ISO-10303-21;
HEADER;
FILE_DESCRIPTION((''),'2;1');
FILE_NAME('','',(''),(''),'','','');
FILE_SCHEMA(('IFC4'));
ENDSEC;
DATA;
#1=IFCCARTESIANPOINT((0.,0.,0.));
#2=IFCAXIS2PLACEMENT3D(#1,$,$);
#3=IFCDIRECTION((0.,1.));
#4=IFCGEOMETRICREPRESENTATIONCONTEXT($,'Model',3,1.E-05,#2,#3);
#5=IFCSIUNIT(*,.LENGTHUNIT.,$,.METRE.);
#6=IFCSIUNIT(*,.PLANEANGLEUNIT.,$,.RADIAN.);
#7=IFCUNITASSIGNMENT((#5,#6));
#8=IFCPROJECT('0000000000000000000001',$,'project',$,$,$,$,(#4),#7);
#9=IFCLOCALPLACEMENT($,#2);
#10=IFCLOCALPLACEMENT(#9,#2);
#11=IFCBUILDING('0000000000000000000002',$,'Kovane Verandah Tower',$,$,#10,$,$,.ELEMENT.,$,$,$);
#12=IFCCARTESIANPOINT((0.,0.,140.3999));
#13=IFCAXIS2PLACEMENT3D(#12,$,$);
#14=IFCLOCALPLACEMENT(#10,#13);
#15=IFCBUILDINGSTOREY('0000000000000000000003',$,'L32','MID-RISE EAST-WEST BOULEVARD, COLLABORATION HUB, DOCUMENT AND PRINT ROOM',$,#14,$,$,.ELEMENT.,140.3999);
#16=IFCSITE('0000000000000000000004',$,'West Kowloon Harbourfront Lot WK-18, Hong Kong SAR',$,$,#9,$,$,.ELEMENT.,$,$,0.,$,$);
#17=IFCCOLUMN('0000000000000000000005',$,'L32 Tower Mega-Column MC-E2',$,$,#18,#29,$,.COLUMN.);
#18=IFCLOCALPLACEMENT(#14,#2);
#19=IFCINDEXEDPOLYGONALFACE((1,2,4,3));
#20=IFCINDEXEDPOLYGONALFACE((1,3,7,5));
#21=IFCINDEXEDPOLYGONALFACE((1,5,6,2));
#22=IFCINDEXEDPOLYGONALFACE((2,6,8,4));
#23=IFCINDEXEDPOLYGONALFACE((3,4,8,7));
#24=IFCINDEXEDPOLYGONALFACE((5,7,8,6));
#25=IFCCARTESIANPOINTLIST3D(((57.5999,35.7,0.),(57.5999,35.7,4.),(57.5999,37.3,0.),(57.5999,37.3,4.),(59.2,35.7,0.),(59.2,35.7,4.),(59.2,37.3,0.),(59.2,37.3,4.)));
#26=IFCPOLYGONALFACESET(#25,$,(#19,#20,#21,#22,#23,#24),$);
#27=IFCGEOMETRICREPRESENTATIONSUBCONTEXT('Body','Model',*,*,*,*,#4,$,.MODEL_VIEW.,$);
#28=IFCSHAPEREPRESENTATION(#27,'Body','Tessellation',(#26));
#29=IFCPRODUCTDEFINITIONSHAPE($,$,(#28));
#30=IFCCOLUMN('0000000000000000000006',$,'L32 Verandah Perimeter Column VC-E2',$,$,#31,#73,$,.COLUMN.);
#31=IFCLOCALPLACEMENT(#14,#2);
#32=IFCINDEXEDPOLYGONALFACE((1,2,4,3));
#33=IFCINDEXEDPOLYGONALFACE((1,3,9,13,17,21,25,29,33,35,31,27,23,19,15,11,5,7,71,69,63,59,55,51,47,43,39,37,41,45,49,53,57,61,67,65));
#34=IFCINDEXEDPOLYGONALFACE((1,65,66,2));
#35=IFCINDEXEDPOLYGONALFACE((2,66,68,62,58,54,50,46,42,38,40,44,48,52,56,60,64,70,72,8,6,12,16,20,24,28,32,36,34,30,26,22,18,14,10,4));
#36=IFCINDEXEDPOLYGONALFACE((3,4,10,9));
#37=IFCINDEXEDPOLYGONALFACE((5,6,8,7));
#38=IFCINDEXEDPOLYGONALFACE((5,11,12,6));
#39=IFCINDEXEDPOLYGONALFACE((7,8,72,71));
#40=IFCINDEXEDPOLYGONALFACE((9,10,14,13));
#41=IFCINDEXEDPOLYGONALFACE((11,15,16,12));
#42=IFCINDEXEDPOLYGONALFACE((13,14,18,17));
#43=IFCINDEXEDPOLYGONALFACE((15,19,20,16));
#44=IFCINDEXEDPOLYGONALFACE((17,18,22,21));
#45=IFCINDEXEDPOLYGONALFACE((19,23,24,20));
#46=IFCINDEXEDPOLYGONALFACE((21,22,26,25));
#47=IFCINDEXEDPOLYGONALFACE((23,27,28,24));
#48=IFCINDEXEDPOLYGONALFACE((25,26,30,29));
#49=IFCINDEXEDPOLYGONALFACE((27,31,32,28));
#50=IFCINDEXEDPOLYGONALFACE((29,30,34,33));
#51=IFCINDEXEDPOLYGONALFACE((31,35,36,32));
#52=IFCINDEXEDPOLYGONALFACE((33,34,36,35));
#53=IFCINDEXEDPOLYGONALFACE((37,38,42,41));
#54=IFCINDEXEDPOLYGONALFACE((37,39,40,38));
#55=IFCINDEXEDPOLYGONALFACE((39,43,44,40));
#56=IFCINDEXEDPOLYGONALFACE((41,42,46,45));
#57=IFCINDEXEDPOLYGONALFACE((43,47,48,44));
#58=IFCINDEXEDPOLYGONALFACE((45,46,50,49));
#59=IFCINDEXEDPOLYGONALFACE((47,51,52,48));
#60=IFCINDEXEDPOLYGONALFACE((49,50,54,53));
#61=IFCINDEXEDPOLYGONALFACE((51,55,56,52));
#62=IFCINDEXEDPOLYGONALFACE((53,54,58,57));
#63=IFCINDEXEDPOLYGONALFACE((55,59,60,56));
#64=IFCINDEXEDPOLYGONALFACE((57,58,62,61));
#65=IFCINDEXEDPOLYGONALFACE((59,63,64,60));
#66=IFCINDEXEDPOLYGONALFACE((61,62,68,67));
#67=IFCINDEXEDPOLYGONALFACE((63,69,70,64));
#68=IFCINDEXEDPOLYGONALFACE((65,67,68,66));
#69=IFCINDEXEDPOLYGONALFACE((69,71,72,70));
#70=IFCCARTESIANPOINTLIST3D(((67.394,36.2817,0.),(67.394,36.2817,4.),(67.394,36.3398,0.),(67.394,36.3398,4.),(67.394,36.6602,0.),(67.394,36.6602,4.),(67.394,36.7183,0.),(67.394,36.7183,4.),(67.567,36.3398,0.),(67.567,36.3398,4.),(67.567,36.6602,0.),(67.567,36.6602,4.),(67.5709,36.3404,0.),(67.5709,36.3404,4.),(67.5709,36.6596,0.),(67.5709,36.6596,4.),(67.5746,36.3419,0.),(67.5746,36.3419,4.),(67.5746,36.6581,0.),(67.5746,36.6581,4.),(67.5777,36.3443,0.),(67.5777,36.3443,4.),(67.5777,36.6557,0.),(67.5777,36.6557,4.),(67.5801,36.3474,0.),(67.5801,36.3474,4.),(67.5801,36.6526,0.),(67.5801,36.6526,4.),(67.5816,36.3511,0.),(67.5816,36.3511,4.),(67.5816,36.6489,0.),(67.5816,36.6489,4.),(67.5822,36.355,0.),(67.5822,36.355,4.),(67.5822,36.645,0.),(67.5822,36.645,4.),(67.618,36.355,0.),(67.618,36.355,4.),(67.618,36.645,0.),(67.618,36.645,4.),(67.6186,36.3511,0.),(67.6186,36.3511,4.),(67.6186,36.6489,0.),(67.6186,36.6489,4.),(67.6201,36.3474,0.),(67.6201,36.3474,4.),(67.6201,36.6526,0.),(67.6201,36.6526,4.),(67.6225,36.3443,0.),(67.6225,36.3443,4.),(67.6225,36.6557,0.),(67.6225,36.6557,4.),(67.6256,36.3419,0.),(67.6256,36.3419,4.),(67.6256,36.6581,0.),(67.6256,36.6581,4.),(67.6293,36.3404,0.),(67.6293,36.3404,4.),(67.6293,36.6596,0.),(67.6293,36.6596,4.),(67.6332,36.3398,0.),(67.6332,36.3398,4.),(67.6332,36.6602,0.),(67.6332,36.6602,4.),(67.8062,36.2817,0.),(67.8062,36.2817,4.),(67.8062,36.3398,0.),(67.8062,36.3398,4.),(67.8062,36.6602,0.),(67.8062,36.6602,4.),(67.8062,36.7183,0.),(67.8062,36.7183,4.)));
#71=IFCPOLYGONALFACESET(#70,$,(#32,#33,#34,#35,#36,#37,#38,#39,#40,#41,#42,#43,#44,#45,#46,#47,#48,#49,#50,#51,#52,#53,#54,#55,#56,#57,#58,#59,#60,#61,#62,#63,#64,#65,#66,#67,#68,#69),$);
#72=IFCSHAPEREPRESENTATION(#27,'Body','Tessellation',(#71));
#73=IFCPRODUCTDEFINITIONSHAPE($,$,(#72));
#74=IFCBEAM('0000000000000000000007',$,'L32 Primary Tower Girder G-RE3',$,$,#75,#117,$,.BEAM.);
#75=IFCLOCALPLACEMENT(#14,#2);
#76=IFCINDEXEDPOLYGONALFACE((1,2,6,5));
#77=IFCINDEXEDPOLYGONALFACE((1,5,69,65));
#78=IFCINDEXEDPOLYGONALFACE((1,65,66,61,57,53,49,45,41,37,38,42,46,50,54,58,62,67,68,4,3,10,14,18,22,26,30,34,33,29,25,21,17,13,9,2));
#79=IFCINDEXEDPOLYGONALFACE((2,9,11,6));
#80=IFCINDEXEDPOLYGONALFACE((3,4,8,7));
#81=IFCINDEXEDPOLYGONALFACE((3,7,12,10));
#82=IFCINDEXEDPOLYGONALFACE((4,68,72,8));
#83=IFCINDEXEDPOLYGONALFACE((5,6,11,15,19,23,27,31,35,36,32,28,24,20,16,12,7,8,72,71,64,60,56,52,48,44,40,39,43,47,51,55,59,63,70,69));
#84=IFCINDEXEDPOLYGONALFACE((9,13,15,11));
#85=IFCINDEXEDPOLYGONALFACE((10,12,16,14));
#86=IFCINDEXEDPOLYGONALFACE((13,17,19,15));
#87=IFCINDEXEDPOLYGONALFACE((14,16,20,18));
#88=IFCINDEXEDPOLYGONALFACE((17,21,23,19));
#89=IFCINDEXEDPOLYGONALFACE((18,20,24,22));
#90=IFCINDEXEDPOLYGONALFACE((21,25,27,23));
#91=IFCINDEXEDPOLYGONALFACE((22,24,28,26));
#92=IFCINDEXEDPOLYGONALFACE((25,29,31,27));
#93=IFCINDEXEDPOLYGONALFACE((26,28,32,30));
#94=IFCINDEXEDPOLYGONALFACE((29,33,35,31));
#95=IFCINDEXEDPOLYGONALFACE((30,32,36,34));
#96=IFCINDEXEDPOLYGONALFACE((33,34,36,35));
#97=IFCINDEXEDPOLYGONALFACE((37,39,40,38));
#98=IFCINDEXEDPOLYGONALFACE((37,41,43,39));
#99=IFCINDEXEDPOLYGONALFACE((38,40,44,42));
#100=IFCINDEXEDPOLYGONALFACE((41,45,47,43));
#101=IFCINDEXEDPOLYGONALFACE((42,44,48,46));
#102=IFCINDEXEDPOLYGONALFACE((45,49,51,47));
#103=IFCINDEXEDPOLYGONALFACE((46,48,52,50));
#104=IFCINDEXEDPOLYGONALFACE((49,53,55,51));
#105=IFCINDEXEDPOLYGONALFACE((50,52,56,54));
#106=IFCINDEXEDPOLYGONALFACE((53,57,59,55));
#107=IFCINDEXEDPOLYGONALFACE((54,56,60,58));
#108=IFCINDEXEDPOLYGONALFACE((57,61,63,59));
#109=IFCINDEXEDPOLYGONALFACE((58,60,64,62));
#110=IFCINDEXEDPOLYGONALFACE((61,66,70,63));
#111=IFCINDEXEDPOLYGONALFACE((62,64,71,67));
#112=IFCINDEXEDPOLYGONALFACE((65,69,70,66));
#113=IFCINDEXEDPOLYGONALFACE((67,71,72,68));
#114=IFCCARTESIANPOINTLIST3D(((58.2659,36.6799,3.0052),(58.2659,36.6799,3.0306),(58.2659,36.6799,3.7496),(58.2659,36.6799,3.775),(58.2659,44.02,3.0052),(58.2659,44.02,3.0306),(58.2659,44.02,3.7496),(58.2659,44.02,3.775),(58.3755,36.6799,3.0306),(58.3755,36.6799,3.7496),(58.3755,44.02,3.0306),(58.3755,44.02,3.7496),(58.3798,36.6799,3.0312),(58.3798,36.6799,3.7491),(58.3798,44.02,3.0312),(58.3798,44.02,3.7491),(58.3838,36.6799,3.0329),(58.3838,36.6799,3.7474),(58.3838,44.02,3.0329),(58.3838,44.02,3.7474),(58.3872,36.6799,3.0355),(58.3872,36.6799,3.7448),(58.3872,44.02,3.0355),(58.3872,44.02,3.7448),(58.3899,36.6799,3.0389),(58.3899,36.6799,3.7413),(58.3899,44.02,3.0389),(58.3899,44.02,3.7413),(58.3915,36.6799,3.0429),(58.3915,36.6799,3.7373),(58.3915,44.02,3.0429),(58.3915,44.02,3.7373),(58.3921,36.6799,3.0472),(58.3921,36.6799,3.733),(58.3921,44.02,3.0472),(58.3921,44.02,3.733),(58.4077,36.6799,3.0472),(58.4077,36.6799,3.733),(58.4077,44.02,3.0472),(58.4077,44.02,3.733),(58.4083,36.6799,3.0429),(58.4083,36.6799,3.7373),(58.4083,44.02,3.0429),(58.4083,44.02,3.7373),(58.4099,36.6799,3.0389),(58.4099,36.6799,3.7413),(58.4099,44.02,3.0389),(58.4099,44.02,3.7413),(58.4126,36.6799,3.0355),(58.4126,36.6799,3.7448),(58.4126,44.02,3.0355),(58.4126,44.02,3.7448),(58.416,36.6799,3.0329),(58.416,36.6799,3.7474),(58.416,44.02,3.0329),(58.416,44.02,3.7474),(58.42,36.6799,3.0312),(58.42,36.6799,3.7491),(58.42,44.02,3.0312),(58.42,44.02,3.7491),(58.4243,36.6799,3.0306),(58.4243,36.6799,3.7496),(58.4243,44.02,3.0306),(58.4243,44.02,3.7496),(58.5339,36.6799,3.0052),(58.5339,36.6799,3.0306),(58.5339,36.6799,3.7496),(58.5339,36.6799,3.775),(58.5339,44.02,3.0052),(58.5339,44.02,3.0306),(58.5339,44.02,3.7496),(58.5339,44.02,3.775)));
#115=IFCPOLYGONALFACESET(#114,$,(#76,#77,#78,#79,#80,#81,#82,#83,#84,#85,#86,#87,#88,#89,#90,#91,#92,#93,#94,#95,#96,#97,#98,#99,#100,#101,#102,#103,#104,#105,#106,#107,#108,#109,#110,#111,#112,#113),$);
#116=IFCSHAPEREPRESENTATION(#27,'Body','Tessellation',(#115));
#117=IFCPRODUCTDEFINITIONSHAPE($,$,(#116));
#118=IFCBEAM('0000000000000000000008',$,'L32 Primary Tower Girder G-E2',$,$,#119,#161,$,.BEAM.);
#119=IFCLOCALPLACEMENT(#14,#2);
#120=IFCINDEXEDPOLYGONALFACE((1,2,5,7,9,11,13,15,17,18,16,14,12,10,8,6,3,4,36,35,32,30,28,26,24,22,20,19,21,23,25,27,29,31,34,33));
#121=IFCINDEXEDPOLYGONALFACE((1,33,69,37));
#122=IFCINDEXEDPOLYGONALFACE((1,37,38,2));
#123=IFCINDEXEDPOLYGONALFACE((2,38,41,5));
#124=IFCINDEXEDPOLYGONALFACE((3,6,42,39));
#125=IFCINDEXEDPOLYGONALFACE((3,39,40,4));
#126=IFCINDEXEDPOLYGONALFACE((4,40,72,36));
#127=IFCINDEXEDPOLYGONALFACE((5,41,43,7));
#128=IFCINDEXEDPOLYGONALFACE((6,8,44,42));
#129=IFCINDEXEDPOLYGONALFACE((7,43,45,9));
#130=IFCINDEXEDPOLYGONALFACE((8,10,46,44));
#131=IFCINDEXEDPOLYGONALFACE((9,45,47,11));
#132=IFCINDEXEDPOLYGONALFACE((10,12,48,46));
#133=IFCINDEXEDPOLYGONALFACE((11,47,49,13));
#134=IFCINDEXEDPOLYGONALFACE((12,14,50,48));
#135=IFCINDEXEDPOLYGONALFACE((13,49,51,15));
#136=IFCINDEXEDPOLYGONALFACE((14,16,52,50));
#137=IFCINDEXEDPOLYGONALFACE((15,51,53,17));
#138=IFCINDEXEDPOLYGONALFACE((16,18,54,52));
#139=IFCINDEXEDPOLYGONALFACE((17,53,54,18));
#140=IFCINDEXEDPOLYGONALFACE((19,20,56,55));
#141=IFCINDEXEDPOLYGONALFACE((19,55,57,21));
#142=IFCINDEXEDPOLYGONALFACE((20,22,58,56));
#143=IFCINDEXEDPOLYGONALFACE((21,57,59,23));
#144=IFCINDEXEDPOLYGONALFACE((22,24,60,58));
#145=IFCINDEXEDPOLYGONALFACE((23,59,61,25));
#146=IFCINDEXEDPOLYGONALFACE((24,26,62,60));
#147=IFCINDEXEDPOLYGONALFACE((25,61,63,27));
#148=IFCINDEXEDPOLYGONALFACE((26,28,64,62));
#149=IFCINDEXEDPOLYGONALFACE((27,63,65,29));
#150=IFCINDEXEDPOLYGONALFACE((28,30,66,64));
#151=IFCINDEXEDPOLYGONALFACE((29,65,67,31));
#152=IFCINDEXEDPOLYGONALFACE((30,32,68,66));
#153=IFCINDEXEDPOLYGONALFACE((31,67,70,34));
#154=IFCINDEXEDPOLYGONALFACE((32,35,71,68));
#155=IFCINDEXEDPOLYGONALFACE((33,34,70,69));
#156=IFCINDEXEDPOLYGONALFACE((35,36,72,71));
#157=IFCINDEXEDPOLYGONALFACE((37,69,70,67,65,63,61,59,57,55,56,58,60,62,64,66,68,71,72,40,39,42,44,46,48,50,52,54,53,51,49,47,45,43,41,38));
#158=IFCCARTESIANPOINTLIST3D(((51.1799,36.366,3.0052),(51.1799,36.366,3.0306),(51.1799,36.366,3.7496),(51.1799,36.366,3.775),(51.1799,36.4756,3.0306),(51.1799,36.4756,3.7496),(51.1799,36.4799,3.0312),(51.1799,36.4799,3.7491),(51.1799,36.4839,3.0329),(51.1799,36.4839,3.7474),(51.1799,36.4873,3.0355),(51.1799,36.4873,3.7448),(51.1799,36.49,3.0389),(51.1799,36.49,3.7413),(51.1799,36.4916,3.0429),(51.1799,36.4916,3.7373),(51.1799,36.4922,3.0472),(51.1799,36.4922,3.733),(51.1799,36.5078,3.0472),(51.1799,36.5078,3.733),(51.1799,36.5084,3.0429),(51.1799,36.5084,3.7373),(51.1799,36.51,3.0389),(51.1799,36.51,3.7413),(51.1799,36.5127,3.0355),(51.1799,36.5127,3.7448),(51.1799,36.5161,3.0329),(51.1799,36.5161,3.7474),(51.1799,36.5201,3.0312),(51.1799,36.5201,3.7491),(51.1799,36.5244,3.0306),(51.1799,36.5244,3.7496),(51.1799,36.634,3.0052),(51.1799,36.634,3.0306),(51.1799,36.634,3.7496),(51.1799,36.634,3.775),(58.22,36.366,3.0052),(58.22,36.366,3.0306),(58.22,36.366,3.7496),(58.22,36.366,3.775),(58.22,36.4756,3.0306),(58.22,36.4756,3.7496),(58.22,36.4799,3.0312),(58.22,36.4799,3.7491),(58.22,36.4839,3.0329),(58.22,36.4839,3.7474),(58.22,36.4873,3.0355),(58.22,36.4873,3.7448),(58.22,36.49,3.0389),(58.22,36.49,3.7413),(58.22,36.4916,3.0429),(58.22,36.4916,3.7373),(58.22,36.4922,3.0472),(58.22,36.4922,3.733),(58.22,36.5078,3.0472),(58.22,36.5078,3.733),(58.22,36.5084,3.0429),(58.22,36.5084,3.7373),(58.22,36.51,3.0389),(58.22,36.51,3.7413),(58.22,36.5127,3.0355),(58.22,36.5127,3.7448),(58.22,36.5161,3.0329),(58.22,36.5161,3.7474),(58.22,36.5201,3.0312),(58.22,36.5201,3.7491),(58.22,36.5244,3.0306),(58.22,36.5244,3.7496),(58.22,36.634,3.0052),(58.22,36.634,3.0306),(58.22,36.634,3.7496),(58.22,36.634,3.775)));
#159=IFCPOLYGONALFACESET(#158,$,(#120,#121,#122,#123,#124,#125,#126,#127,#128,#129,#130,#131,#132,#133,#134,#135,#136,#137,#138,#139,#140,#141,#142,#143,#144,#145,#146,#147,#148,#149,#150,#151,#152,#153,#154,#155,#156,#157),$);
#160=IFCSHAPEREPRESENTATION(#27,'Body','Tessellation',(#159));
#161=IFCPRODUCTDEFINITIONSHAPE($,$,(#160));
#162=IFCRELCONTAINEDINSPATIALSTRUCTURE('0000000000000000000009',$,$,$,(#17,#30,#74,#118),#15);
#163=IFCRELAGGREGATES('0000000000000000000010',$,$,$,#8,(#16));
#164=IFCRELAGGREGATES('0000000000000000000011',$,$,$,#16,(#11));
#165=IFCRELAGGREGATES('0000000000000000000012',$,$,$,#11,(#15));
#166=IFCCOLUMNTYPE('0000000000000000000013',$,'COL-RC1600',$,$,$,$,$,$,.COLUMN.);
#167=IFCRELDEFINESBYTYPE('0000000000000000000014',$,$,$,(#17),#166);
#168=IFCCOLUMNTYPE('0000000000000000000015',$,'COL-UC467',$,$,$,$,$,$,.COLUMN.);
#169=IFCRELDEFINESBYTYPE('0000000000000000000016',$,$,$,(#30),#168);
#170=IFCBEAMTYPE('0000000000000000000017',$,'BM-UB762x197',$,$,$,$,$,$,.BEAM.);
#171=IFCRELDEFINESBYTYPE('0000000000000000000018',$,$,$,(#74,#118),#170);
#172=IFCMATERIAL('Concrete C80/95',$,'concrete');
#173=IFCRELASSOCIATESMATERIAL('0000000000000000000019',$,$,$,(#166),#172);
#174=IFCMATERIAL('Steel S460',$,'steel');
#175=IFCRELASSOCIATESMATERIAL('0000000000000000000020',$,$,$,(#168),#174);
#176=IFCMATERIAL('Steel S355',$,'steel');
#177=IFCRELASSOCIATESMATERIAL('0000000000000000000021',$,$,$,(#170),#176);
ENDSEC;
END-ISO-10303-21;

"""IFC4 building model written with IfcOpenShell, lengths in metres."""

from ifc_helpers import new_model, si_unit, direction, frame, origin, origin_2d, place, context, subcontext, project, spatial, rectangle, i_section, extrude, material, material_profile, profile_set, type_object, element, save


model = new_model("IFC4")

# Units and contexts
model_context = context("Model", 3, precision=1e-05, world=origin(), true_north=direction((0.0, 1.0)))
body_context = subcontext(model_context, "Body", "Model", "MODEL_VIEW")
ifc_project = project(units=[si_unit("LENGTHUNIT", "METRE"), si_unit("PLANEANGLEUNIT", "RADIAN")], contexts=[model_context])

# Site, building, storey
site_placement = place(None, origin())
site = spatial("IfcSite", under=ifc_project, at=site_placement, Name="West Kowloon Harbourfront Lot WK-18, Hong Kong SAR", CompositionType="ELEMENT", RefElevation=0.0)
building_placement = place(site_placement, origin())
building = spatial("IfcBuilding", under=site, at=building_placement, Name="Kovane Verandah Tower", CompositionType="ELEMENT")
storey_placement = place(building_placement, frame((0.0, 0.0, 140.3999)))
storey = spatial("IfcBuildingStorey", under=building, at=storey_placement, Name="L32", Description="MID-RISE EAST-WEST BOULEVARD, COLLABORATION HUB, DOCUMENT AND PRINT ROOM", CompositionType="ELEMENT", Elevation=140.3999)

# Columns
ifc_material_1 = material(Name="Concrete C80/95", Category="concrete")
ifc_material_profile_1 = material_profile(ifc_material_1, rectangle(XDim=1.6001, YDim=1.6001, at=origin_2d()), Name="RC1600x1600")
ifc_profile_set_1 = profile_set([ifc_material_profile_1], Name="Concrete C80/95")
column_type_1 = type_object("IfcColumnType", Name="COL-RC1600", PredefinedType="COLUMN", material=ifc_profile_set_1)
column_1_placement = place(storey_placement, frame((58.3999, 36.5, 0.0), z_axis=(0.0, 0.0, 1.0), x_axis=(1.0, 0.0, 0.0)))
element("IfcColumn", 1, at=column_1_placement, inside=storey, type_object=column_type_1, Name="L32 Tower Mega-Column MC-E2", PredefinedType="COLUMN", context=body_context, shape_type="SweptSolid", body=[
    extrude(rectangle(XDim=1.6001, YDim=1.6001, at=origin_2d()), origin(), (0.0, 0.0, 1.0), 4.0),
])
ifc_material_2 = material(Name="Steel S460", Category="steel")
ifc_material_profile_2 = material_profile(ifc_material_2, i_section(OverallWidth=0.4121, OverallDepth=0.4365, WebThickness=0.0359, FlangeThickness=0.0581, FilletRadius=0.0151, at=origin_2d()), Name="UC356x406x467")
ifc_profile_set_2 = profile_set([ifc_material_profile_2], Name="Steel S460")
column_type_2 = type_object("IfcColumnType", Name="COL-UC467", PredefinedType="COLUMN", material=ifc_profile_set_2)
column_2_placement = place(storey_placement, frame((67.6001, 36.5, 0.0), z_axis=(0.0, 0.0, 1.0), x_axis=(1.0, 0.0, 0.0)))
element("IfcColumn", 2, at=column_2_placement, inside=storey, type_object=column_type_2, Name="L32 Verandah Perimeter Column VC-E2", PredefinedType="COLUMN", context=body_context, shape_type="SweptSolid", body=[
    extrude(i_section(OverallWidth=0.4121, OverallDepth=0.4365, WebThickness=0.0359, FlangeThickness=0.0581, FilletRadius=0.0151, at=origin_2d()), origin(), (0.0, 0.0, 1.0), 4.0),
])

# Beams
ifc_material_3 = material(Name="Steel S355", Category="steel")
ifc_material_profile_3 = material_profile(ifc_material_3, i_section(OverallWidth=0.2681, OverallDepth=0.7698, WebThickness=0.0156, FlangeThickness=0.0254, FilletRadius=0.0166, at=origin_2d()), Name="UB762x267x197")
ifc_profile_set_3 = profile_set([ifc_material_profile_3], Name="Steel S355")
beam_type_1 = type_object("IfcBeamType", Name="BM-UB762x197", PredefinedType="BEAM", material=ifc_profile_set_3)
beam_1_placement = place(storey_placement, frame((58.3999, 36.6799, 3.3901), z_axis=(0.0, 1.0, 0.0), x_axis=(-1.0, 0.0, 0.0)))
element("IfcBeam", 3, at=beam_1_placement, inside=storey, type_object=beam_type_1, Name="L32 Primary Tower Girder G-RE3", PredefinedType="BEAM", context=body_context, shape_type="SweptSolid", body=[
    extrude(i_section(OverallWidth=0.2681, OverallDepth=0.7698, WebThickness=0.0156, FlangeThickness=0.0254, FilletRadius=0.0166, at=origin_2d()), origin(), (0.0, 0.0, 1.0), 7.3401),
])
beam_2_placement = place(storey_placement, frame((51.1799, 36.5, 3.3901), z_axis=(1.0, 0.0, 0.0), x_axis=(0.0, 1.0, 0.0)))
element("IfcBeam", 4, at=beam_2_placement, inside=storey, type_object=beam_type_1, Name="L32 Primary Tower Girder G-E2", PredefinedType="BEAM", context=body_context, shape_type="SweptSolid", body=[
    extrude(i_section(OverallWidth=0.2681, OverallDepth=0.7698, WebThickness=0.0156, FlangeThickness=0.0254, FilletRadius=0.0166, at=origin_2d()), origin(), (0.0, 0.0, 1.0), 7.04),
])

save(model, "model.ifc")
